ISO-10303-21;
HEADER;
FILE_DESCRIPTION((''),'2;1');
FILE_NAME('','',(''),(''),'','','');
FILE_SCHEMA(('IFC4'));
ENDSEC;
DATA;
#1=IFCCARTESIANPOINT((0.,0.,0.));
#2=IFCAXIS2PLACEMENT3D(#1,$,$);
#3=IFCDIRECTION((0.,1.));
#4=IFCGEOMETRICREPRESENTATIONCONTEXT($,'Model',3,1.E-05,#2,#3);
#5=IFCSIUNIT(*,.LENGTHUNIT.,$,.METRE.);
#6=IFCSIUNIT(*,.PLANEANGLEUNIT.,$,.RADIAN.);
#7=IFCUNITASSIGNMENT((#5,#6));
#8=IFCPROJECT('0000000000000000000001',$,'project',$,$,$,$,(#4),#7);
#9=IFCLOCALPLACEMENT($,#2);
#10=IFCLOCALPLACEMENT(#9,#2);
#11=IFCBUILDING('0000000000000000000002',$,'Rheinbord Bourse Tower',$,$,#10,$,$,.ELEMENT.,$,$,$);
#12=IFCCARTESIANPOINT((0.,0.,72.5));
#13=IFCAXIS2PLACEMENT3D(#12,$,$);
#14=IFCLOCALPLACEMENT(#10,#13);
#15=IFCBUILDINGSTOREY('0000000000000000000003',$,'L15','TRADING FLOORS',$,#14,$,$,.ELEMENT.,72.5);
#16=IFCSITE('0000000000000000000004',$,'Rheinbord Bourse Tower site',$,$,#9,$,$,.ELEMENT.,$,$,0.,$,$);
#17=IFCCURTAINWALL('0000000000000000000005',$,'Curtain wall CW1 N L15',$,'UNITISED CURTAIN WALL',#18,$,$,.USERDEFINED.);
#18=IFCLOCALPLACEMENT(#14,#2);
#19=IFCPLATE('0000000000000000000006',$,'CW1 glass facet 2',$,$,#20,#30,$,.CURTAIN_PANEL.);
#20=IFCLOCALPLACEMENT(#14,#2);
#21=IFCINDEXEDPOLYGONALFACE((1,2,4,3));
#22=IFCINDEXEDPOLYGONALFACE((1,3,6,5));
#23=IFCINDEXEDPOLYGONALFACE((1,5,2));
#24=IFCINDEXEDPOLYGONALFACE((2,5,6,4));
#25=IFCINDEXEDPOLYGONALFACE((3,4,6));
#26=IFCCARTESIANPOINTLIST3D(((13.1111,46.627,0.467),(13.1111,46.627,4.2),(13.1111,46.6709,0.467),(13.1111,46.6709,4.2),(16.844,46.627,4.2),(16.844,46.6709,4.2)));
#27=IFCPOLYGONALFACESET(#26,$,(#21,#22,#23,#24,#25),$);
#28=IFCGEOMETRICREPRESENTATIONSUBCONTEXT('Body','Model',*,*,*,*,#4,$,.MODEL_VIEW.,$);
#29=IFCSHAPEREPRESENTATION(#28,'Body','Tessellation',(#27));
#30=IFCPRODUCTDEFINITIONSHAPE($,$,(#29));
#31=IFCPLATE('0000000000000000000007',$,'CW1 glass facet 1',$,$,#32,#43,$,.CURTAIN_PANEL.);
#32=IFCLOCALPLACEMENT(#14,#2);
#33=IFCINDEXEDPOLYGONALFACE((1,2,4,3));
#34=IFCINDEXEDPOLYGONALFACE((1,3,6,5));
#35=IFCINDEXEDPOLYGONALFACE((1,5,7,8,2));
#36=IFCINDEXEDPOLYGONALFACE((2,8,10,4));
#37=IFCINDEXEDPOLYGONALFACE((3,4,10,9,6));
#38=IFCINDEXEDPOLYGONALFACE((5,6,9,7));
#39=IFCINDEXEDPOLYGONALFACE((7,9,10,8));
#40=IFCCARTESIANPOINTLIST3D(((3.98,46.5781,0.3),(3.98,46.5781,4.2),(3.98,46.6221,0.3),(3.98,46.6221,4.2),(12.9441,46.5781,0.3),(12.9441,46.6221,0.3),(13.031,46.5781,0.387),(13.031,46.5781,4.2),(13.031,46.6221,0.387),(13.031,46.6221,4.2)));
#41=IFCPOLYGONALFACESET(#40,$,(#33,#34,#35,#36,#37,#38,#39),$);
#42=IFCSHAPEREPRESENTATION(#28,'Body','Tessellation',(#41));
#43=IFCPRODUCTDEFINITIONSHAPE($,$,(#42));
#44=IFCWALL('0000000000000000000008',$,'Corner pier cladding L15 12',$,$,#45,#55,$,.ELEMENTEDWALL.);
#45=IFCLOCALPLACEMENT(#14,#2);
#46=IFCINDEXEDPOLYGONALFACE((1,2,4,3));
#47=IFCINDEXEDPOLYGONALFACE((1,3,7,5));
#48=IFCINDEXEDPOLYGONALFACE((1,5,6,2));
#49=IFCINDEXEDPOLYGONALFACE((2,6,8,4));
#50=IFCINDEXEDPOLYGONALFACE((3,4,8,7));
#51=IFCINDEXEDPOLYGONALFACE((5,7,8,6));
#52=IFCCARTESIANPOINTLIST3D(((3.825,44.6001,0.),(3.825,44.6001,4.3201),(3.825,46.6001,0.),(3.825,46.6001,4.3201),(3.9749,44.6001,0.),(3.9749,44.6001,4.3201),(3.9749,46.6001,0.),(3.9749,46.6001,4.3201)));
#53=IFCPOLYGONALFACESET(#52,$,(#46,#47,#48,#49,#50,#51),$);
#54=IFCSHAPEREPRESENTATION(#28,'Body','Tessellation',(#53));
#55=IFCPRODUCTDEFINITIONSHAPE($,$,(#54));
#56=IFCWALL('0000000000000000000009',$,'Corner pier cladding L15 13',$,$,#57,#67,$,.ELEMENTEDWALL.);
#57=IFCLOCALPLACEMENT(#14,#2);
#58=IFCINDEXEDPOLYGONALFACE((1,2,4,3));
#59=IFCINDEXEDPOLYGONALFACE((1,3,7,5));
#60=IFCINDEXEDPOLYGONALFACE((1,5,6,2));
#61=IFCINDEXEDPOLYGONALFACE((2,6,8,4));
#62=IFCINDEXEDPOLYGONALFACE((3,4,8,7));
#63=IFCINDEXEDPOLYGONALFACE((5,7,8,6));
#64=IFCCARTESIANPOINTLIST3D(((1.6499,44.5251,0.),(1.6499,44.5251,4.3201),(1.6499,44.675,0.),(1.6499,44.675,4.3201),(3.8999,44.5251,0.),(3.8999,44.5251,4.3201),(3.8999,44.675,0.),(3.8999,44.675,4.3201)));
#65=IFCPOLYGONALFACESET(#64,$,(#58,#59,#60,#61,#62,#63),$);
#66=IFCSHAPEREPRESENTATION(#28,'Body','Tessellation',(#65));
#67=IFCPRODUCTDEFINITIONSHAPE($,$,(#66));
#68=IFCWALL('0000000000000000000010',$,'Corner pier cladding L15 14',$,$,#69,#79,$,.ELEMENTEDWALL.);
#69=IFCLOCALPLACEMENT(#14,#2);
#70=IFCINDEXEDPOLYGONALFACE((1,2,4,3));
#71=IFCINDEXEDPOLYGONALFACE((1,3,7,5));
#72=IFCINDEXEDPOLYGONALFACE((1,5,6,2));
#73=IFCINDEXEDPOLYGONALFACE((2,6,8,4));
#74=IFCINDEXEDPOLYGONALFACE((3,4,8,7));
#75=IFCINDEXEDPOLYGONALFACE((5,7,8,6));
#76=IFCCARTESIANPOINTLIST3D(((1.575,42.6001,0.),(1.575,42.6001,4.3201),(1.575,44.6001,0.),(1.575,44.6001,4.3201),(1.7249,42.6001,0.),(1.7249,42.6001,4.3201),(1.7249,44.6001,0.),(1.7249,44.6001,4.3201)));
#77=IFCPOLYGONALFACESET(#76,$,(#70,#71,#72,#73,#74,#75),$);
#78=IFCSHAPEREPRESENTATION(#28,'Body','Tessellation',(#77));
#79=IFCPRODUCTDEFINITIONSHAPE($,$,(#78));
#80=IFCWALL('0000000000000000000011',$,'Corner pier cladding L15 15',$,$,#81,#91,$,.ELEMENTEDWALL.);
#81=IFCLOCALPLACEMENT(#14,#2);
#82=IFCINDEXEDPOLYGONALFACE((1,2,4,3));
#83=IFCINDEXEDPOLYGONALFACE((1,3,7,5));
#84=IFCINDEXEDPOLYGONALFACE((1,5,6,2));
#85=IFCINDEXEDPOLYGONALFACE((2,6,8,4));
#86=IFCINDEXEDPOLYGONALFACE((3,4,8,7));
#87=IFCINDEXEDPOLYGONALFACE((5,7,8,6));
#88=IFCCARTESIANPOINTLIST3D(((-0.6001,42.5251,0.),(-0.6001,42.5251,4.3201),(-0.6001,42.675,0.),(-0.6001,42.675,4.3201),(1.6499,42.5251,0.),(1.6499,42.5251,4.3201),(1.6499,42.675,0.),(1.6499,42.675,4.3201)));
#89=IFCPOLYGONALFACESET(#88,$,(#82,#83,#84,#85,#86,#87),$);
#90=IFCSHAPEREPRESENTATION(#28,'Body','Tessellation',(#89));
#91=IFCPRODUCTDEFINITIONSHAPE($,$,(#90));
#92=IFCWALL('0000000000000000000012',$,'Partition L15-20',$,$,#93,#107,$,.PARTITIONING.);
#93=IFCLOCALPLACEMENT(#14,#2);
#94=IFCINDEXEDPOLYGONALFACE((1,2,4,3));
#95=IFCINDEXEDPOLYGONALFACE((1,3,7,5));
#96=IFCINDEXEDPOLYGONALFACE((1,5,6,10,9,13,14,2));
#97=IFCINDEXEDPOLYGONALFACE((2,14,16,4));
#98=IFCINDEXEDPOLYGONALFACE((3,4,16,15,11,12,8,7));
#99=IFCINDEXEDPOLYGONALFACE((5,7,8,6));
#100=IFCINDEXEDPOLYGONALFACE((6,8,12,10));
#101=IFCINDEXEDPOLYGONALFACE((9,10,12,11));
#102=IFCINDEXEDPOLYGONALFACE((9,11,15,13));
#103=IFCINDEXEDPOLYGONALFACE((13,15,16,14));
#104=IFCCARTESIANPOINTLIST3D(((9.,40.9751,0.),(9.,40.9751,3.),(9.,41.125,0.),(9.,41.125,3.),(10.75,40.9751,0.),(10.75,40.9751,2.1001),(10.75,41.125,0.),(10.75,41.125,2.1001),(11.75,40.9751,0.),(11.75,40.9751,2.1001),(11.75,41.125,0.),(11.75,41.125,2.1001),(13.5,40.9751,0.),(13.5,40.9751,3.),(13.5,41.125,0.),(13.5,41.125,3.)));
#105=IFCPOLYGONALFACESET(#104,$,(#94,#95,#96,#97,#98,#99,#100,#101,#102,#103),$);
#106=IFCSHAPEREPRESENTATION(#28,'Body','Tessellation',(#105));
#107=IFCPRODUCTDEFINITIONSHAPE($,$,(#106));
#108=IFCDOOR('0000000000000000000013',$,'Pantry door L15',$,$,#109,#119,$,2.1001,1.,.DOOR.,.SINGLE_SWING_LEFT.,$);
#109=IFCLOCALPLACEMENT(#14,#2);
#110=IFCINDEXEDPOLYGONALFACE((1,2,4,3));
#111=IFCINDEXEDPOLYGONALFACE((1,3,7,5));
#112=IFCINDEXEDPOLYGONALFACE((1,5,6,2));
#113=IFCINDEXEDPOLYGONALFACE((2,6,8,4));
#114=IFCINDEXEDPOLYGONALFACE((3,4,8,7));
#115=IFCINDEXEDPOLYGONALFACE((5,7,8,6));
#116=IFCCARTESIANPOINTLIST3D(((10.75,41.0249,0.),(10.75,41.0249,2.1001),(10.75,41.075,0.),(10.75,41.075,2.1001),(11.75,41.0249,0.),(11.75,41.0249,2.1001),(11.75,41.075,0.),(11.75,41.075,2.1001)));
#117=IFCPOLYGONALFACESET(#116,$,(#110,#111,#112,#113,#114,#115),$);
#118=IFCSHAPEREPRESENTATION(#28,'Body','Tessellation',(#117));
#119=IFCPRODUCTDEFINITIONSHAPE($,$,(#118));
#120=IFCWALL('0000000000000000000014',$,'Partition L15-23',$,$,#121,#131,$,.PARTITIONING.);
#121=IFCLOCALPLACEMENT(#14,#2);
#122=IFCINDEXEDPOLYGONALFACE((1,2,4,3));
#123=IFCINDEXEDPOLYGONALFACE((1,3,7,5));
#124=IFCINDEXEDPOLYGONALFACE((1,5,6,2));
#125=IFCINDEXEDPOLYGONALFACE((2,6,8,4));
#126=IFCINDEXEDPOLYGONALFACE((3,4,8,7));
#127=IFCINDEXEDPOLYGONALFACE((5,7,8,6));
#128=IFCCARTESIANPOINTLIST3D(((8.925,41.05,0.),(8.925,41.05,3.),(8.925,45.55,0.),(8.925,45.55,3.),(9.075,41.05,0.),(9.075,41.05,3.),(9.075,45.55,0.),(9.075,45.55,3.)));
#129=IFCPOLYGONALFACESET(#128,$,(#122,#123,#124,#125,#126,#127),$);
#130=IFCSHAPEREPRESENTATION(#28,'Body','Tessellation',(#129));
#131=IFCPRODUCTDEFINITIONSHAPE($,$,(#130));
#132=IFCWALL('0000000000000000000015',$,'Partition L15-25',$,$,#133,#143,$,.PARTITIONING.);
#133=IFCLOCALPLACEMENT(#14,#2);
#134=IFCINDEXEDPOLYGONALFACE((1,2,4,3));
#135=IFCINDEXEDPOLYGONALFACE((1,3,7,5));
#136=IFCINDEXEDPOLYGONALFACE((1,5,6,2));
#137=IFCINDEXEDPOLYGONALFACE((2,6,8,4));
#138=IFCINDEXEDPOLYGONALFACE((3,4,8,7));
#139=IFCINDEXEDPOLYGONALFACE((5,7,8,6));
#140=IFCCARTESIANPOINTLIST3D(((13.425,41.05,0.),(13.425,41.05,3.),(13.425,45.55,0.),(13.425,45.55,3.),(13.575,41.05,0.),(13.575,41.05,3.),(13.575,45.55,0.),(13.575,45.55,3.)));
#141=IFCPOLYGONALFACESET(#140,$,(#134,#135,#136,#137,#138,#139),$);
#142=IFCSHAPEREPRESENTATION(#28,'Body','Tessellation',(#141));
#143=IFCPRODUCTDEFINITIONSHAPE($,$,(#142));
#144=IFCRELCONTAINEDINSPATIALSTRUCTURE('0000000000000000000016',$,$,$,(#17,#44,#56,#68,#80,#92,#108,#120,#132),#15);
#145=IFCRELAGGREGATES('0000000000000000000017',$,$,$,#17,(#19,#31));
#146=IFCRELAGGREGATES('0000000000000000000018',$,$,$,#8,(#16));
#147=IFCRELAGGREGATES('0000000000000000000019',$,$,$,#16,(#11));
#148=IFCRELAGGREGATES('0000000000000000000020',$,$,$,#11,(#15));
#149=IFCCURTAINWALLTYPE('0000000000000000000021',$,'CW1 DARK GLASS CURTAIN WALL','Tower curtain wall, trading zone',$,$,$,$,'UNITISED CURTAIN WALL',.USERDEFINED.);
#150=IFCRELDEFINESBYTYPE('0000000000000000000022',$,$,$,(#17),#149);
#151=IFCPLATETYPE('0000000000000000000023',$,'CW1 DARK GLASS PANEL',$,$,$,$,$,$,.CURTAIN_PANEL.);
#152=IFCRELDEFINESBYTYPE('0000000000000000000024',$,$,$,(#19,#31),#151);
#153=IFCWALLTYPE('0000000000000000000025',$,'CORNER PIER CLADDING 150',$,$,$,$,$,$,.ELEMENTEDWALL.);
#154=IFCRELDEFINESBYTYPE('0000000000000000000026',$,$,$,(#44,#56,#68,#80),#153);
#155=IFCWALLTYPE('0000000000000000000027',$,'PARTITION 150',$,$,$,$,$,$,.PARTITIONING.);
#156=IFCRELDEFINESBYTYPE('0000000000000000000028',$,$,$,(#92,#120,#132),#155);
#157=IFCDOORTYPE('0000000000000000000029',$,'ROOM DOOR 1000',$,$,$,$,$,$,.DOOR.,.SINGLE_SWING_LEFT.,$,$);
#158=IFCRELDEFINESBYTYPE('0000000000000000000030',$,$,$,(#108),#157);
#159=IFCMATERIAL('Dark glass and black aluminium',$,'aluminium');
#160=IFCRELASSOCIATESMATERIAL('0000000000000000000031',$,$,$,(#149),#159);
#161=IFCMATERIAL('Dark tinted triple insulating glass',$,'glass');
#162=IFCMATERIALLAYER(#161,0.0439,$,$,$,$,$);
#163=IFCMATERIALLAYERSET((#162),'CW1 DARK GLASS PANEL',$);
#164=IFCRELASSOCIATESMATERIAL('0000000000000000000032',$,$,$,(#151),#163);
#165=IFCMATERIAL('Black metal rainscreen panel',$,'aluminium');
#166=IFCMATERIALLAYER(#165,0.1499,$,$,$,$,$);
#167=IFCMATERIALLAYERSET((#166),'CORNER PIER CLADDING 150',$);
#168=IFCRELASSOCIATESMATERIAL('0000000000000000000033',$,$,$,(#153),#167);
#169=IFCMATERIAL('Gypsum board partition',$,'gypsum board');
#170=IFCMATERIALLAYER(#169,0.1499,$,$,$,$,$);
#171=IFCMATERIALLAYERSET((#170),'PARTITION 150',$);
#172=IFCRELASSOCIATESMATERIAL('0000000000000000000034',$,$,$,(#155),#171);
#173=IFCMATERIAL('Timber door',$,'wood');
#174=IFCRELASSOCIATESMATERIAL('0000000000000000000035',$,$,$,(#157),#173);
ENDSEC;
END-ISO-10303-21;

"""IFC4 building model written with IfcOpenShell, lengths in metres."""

from ifc_helpers import new_model, si_unit, direction, frame, frame_2d, origin, place, context, subcontext, project, spatial, polyline, rectangle, outline, extrude, material, layer, layer_set, type_object, element, fill, aggregate, save


model = new_model("IFC4")

# Units and contexts
model_context = context("Model", 3, precision=1e-05, world=origin(), true_north=direction((0.0, 1.0)))
body_context = subcontext(model_context, "Body", "Model", "MODEL_VIEW")
ifc_project = project(units=[si_unit("LENGTHUNIT", "METRE"), si_unit("PLANEANGLEUNIT", "RADIAN")], contexts=[model_context])

# Site, building, storey
site_placement = place(None, origin())
site = spatial("IfcSite", under=ifc_project, at=site_placement, Name="Rheinbord Bourse Tower site", CompositionType="ELEMENT", RefElevation=0.0)
building_placement = place(site_placement, origin())
building = spatial("IfcBuilding", under=site, at=building_placement, Name="Rheinbord Bourse Tower", CompositionType="ELEMENT")
storey_placement = place(building_placement, frame((0.0, 0.0, 72.5)))
storey = spatial("IfcBuildingStorey", under=building, at=storey_placement, Name="L15", Description="TRADING FLOORS", CompositionType="ELEMENT", Elevation=72.5)

# Curtain wall
ifc_material_1 = material(Name="Dark glass and black aluminium", Category="aluminium")
curtain_wall_type = type_object("IfcCurtainWallType", Name="CW1 DARK GLASS CURTAIN WALL", Description="Tower curtain wall, trading zone", ElementType="UNITISED CURTAIN WALL", PredefinedType="USERDEFINED", material=ifc_material_1)
curtain_wall_1_placement = place(storey_placement, origin())
curtain_wall_1 = element("IfcCurtainWall", 1, at=curtain_wall_1_placement, inside=storey, type_object=curtain_wall_type, Name="Curtain wall CW1 N L15", ObjectType="UNITISED CURTAIN WALL", PredefinedType="USERDEFINED")

# Plates
ifc_material_2 = material(Name="Dark tinted triple insulating glass", Category="glass")
ifc_layer_1 = layer(ifc_material_2, 0.0439)
ifc_layer_set_1 = layer_set([ifc_layer_1], Name="CW1 DARK GLASS PANEL")
plate_type = type_object("IfcPlateType", Name="CW1 DARK GLASS PANEL", PredefinedType="CURTAIN_PANEL", material=ifc_layer_set_1)
plate_1_placement = place(storey_placement, frame((13.1111, 46.6709, 4.2), z_axis=(0.0, -1.0, 0.0), x_axis=(0.0, 0.0, -1.0)))
plate_1 = element("IfcPlate", 2, at=plate_1_placement, type_object=plate_type, Name="CW1 glass facet 2", PredefinedType="CURTAIN_PANEL", context=body_context, shape_type="SweptSolid", body=[
    extrude(outline(polyline([(0.0, 0.0), (3.7329, 0.0), (0.0, 3.7329), (0.0, 0.0)])), origin(), (0.0, 0.0, 1.0), 0.0439),
])
plate_2_placement = place(storey_placement, frame((13.031, 46.6221, 4.2), z_axis=(0.0, -1.0, 0.0), x_axis=(-1.0, 0.0, 0.0)))
plate_2 = element("IfcPlate", 3, at=plate_2_placement, type_object=plate_type, Name="CW1 glass facet 1", PredefinedType="CURTAIN_PANEL", context=body_context, shape_type="SweptSolid", body=[
    extrude(outline(polyline([(0.0, 0.0), (9.051, 0.0), (9.051, 3.8999), (0.0869, 3.8999), (0.0, 3.813), (0.0, 0.0)])), origin(), (0.0, 0.0, 1.0), 0.0439),
])
aggregate(curtain_wall_1, [plate_1, plate_2])

# Walls
ifc_material_3 = material(Name="Black metal rainscreen panel", Category="aluminium")
ifc_layer_2 = layer(ifc_material_3, 0.1499)
ifc_layer_set_2 = layer_set([ifc_layer_2], Name="CORNER PIER CLADDING 150")
wall_type_1 = type_object("IfcWallType", Name="CORNER PIER CLADDING 150", PredefinedType="ELEMENTEDWALL", material=ifc_layer_set_2)
wall_1_placement = place(storey_placement, frame((3.8999, 46.6001, 0.0), z_axis=(0.0, 0.0, 1.0), x_axis=(0.0, -1.0, 0.0)))
element("IfcWall", 4, at=wall_1_placement, inside=storey, type_object=wall_type_1, Name="Corner pier cladding L15 12", PredefinedType="ELEMENTEDWALL", context=body_context, shape_type="SweptSolid", body=[
    extrude(rectangle(XDim=2.0, YDim=0.1499, at=frame_2d((1.0, 0.0))), origin(), (0.0, 0.0, 1.0), 4.3201),
])
wall_2_placement = place(storey_placement, frame((3.8999, 44.6001, 0.0), z_axis=(0.0, 0.0, 1.0), x_axis=(-1.0, 0.0, 0.0)))
element("IfcWall", 5, at=wall_2_placement, inside=storey, type_object=wall_type_1, Name="Corner pier cladding L15 13", PredefinedType="ELEMENTEDWALL", context=body_context, shape_type="SweptSolid", body=[
    extrude(rectangle(XDim=2.25, YDim=0.1499, at=frame_2d((1.125, 0.0))), origin(), (0.0, 0.0, 1.0), 4.3201),
])
wall_3_placement = place(storey_placement, frame((1.6499, 44.6001, 0.0), z_axis=(0.0, 0.0, 1.0), x_axis=(0.0, -1.0, 0.0)))
element("IfcWall", 6, at=wall_3_placement, inside=storey, type_object=wall_type_1, Name="Corner pier cladding L15 14", PredefinedType="ELEMENTEDWALL", context=body_context, shape_type="SweptSolid", body=[
    extrude(rectangle(XDim=2.0, YDim=0.1499, at=frame_2d((1.0, 0.0))), origin(), (0.0, 0.0, 1.0), 4.3201),
])
wall_4_placement = place(storey_placement, frame((1.6499, 42.6001, 0.0), z_axis=(0.0, 0.0, 1.0), x_axis=(-1.0, 0.0, 0.0)))
element("IfcWall", 7, at=wall_4_placement, inside=storey, type_object=wall_type_1, Name="Corner pier cladding L15 15", PredefinedType="ELEMENTEDWALL", context=body_context, shape_type="SweptSolid", body=[
    extrude(rectangle(XDim=2.25, YDim=0.1499, at=frame_2d((1.125, 0.0))), origin(), (0.0, 0.0, 1.0), 4.3201),
])

# Wall, opening, door
ifc_material_4 = material(Name="Gypsum board partition", Category="gypsum board")
ifc_layer_3 = layer(ifc_material_4, 0.1499)
ifc_layer_set_3 = layer_set([ifc_layer_3], Name="PARTITION 150")
wall_type_2 = type_object("IfcWallType", Name="PARTITION 150", PredefinedType="PARTITIONING", material=ifc_layer_set_3)
wall_5_placement = place(storey_placement, frame((9.0, 41.05, 0.0), z_axis=(0.0, 0.0, 1.0), x_axis=(1.0, 0.0, 0.0)))
wall_5 = element("IfcWall", 8, at=wall_5_placement, inside=storey, type_object=wall_type_2, Name="Partition L15-20", PredefinedType="PARTITIONING", context=body_context, shape_type="SweptSolid", body=[
    extrude(rectangle(XDim=4.5, YDim=0.1499, at=frame_2d((2.25, 0.0))), origin(), (0.0, 0.0, 1.0), 3.0),
])
opening_placement = place(wall_5_placement, frame((1.75, 0.0, 0.0)))
opening = element("IfcOpeningElement", 9, at=opening_placement, cuts=wall_5, PredefinedType="OPENING", context=body_context, shape_type="SweptSolid", body=[
    extrude(rectangle(XDim=1.0, YDim=2.1001, at=frame_2d((0.5, 1.05))), frame((0.0, 0.085, 0.0), z_axis=(0.0, -1.0, 0.0), x_axis=(1.0, 0.0, 0.0)), (0.0, 0.0, 1.0), 0.1699),
])
ifc_material_5 = material(Name="Timber door", Category="wood")
door_type = type_object("IfcDoorType", Name="ROOM DOOR 1000", OperationType="SINGLE_SWING_LEFT", PredefinedType="DOOR", material=ifc_material_5)
door_placement = place(opening_placement, origin())
door = element("IfcDoor", 10, at=door_placement, inside=storey, type_object=door_type, Name="Pantry door L15", OperationType="SINGLE_SWING_LEFT", OverallHeight=2.1001, OverallWidth=1.0, PredefinedType="DOOR", context=body_context, shape_type="SweptSolid", body=[
    extrude(rectangle(XDim=1.0, YDim=2.1001, at=frame_2d((0.5, 1.05))), frame((0.0, 0.0249, 0.0), z_axis=(0.0, -1.0, 0.0), x_axis=(1.0, 0.0, 0.0)), (0.0, 0.0, 1.0), 0.05),
])
fill(opening, door)

# Walls
for number, where, z_axis, x_axis, name in (
    (11, (9.0, 41.05, 0.0), (0.0, 0.0, 1.0), (0.0, 1.0, 0.0), "Partition L15-23"),
    (12, (13.5, 41.05, 0.0), (0.0, 0.0, 1.0), (0.0, 1.0, 0.0), "Partition L15-25"),
):
    element("IfcWall", number, at=place(storey_placement, frame(where, z_axis=z_axis, x_axis=x_axis)), inside=storey, type_object=wall_type_2, Name=name, PredefinedType="PARTITIONING", context=body_context, shape_type="SweptSolid", body=[
        extrude(rectangle(XDim=4.5, YDim=0.1499, at=frame_2d((2.25, 0.0))), origin(), (0.0, 0.0, 1.0), 3.0),
    ])

save(model, "model.ifc")
